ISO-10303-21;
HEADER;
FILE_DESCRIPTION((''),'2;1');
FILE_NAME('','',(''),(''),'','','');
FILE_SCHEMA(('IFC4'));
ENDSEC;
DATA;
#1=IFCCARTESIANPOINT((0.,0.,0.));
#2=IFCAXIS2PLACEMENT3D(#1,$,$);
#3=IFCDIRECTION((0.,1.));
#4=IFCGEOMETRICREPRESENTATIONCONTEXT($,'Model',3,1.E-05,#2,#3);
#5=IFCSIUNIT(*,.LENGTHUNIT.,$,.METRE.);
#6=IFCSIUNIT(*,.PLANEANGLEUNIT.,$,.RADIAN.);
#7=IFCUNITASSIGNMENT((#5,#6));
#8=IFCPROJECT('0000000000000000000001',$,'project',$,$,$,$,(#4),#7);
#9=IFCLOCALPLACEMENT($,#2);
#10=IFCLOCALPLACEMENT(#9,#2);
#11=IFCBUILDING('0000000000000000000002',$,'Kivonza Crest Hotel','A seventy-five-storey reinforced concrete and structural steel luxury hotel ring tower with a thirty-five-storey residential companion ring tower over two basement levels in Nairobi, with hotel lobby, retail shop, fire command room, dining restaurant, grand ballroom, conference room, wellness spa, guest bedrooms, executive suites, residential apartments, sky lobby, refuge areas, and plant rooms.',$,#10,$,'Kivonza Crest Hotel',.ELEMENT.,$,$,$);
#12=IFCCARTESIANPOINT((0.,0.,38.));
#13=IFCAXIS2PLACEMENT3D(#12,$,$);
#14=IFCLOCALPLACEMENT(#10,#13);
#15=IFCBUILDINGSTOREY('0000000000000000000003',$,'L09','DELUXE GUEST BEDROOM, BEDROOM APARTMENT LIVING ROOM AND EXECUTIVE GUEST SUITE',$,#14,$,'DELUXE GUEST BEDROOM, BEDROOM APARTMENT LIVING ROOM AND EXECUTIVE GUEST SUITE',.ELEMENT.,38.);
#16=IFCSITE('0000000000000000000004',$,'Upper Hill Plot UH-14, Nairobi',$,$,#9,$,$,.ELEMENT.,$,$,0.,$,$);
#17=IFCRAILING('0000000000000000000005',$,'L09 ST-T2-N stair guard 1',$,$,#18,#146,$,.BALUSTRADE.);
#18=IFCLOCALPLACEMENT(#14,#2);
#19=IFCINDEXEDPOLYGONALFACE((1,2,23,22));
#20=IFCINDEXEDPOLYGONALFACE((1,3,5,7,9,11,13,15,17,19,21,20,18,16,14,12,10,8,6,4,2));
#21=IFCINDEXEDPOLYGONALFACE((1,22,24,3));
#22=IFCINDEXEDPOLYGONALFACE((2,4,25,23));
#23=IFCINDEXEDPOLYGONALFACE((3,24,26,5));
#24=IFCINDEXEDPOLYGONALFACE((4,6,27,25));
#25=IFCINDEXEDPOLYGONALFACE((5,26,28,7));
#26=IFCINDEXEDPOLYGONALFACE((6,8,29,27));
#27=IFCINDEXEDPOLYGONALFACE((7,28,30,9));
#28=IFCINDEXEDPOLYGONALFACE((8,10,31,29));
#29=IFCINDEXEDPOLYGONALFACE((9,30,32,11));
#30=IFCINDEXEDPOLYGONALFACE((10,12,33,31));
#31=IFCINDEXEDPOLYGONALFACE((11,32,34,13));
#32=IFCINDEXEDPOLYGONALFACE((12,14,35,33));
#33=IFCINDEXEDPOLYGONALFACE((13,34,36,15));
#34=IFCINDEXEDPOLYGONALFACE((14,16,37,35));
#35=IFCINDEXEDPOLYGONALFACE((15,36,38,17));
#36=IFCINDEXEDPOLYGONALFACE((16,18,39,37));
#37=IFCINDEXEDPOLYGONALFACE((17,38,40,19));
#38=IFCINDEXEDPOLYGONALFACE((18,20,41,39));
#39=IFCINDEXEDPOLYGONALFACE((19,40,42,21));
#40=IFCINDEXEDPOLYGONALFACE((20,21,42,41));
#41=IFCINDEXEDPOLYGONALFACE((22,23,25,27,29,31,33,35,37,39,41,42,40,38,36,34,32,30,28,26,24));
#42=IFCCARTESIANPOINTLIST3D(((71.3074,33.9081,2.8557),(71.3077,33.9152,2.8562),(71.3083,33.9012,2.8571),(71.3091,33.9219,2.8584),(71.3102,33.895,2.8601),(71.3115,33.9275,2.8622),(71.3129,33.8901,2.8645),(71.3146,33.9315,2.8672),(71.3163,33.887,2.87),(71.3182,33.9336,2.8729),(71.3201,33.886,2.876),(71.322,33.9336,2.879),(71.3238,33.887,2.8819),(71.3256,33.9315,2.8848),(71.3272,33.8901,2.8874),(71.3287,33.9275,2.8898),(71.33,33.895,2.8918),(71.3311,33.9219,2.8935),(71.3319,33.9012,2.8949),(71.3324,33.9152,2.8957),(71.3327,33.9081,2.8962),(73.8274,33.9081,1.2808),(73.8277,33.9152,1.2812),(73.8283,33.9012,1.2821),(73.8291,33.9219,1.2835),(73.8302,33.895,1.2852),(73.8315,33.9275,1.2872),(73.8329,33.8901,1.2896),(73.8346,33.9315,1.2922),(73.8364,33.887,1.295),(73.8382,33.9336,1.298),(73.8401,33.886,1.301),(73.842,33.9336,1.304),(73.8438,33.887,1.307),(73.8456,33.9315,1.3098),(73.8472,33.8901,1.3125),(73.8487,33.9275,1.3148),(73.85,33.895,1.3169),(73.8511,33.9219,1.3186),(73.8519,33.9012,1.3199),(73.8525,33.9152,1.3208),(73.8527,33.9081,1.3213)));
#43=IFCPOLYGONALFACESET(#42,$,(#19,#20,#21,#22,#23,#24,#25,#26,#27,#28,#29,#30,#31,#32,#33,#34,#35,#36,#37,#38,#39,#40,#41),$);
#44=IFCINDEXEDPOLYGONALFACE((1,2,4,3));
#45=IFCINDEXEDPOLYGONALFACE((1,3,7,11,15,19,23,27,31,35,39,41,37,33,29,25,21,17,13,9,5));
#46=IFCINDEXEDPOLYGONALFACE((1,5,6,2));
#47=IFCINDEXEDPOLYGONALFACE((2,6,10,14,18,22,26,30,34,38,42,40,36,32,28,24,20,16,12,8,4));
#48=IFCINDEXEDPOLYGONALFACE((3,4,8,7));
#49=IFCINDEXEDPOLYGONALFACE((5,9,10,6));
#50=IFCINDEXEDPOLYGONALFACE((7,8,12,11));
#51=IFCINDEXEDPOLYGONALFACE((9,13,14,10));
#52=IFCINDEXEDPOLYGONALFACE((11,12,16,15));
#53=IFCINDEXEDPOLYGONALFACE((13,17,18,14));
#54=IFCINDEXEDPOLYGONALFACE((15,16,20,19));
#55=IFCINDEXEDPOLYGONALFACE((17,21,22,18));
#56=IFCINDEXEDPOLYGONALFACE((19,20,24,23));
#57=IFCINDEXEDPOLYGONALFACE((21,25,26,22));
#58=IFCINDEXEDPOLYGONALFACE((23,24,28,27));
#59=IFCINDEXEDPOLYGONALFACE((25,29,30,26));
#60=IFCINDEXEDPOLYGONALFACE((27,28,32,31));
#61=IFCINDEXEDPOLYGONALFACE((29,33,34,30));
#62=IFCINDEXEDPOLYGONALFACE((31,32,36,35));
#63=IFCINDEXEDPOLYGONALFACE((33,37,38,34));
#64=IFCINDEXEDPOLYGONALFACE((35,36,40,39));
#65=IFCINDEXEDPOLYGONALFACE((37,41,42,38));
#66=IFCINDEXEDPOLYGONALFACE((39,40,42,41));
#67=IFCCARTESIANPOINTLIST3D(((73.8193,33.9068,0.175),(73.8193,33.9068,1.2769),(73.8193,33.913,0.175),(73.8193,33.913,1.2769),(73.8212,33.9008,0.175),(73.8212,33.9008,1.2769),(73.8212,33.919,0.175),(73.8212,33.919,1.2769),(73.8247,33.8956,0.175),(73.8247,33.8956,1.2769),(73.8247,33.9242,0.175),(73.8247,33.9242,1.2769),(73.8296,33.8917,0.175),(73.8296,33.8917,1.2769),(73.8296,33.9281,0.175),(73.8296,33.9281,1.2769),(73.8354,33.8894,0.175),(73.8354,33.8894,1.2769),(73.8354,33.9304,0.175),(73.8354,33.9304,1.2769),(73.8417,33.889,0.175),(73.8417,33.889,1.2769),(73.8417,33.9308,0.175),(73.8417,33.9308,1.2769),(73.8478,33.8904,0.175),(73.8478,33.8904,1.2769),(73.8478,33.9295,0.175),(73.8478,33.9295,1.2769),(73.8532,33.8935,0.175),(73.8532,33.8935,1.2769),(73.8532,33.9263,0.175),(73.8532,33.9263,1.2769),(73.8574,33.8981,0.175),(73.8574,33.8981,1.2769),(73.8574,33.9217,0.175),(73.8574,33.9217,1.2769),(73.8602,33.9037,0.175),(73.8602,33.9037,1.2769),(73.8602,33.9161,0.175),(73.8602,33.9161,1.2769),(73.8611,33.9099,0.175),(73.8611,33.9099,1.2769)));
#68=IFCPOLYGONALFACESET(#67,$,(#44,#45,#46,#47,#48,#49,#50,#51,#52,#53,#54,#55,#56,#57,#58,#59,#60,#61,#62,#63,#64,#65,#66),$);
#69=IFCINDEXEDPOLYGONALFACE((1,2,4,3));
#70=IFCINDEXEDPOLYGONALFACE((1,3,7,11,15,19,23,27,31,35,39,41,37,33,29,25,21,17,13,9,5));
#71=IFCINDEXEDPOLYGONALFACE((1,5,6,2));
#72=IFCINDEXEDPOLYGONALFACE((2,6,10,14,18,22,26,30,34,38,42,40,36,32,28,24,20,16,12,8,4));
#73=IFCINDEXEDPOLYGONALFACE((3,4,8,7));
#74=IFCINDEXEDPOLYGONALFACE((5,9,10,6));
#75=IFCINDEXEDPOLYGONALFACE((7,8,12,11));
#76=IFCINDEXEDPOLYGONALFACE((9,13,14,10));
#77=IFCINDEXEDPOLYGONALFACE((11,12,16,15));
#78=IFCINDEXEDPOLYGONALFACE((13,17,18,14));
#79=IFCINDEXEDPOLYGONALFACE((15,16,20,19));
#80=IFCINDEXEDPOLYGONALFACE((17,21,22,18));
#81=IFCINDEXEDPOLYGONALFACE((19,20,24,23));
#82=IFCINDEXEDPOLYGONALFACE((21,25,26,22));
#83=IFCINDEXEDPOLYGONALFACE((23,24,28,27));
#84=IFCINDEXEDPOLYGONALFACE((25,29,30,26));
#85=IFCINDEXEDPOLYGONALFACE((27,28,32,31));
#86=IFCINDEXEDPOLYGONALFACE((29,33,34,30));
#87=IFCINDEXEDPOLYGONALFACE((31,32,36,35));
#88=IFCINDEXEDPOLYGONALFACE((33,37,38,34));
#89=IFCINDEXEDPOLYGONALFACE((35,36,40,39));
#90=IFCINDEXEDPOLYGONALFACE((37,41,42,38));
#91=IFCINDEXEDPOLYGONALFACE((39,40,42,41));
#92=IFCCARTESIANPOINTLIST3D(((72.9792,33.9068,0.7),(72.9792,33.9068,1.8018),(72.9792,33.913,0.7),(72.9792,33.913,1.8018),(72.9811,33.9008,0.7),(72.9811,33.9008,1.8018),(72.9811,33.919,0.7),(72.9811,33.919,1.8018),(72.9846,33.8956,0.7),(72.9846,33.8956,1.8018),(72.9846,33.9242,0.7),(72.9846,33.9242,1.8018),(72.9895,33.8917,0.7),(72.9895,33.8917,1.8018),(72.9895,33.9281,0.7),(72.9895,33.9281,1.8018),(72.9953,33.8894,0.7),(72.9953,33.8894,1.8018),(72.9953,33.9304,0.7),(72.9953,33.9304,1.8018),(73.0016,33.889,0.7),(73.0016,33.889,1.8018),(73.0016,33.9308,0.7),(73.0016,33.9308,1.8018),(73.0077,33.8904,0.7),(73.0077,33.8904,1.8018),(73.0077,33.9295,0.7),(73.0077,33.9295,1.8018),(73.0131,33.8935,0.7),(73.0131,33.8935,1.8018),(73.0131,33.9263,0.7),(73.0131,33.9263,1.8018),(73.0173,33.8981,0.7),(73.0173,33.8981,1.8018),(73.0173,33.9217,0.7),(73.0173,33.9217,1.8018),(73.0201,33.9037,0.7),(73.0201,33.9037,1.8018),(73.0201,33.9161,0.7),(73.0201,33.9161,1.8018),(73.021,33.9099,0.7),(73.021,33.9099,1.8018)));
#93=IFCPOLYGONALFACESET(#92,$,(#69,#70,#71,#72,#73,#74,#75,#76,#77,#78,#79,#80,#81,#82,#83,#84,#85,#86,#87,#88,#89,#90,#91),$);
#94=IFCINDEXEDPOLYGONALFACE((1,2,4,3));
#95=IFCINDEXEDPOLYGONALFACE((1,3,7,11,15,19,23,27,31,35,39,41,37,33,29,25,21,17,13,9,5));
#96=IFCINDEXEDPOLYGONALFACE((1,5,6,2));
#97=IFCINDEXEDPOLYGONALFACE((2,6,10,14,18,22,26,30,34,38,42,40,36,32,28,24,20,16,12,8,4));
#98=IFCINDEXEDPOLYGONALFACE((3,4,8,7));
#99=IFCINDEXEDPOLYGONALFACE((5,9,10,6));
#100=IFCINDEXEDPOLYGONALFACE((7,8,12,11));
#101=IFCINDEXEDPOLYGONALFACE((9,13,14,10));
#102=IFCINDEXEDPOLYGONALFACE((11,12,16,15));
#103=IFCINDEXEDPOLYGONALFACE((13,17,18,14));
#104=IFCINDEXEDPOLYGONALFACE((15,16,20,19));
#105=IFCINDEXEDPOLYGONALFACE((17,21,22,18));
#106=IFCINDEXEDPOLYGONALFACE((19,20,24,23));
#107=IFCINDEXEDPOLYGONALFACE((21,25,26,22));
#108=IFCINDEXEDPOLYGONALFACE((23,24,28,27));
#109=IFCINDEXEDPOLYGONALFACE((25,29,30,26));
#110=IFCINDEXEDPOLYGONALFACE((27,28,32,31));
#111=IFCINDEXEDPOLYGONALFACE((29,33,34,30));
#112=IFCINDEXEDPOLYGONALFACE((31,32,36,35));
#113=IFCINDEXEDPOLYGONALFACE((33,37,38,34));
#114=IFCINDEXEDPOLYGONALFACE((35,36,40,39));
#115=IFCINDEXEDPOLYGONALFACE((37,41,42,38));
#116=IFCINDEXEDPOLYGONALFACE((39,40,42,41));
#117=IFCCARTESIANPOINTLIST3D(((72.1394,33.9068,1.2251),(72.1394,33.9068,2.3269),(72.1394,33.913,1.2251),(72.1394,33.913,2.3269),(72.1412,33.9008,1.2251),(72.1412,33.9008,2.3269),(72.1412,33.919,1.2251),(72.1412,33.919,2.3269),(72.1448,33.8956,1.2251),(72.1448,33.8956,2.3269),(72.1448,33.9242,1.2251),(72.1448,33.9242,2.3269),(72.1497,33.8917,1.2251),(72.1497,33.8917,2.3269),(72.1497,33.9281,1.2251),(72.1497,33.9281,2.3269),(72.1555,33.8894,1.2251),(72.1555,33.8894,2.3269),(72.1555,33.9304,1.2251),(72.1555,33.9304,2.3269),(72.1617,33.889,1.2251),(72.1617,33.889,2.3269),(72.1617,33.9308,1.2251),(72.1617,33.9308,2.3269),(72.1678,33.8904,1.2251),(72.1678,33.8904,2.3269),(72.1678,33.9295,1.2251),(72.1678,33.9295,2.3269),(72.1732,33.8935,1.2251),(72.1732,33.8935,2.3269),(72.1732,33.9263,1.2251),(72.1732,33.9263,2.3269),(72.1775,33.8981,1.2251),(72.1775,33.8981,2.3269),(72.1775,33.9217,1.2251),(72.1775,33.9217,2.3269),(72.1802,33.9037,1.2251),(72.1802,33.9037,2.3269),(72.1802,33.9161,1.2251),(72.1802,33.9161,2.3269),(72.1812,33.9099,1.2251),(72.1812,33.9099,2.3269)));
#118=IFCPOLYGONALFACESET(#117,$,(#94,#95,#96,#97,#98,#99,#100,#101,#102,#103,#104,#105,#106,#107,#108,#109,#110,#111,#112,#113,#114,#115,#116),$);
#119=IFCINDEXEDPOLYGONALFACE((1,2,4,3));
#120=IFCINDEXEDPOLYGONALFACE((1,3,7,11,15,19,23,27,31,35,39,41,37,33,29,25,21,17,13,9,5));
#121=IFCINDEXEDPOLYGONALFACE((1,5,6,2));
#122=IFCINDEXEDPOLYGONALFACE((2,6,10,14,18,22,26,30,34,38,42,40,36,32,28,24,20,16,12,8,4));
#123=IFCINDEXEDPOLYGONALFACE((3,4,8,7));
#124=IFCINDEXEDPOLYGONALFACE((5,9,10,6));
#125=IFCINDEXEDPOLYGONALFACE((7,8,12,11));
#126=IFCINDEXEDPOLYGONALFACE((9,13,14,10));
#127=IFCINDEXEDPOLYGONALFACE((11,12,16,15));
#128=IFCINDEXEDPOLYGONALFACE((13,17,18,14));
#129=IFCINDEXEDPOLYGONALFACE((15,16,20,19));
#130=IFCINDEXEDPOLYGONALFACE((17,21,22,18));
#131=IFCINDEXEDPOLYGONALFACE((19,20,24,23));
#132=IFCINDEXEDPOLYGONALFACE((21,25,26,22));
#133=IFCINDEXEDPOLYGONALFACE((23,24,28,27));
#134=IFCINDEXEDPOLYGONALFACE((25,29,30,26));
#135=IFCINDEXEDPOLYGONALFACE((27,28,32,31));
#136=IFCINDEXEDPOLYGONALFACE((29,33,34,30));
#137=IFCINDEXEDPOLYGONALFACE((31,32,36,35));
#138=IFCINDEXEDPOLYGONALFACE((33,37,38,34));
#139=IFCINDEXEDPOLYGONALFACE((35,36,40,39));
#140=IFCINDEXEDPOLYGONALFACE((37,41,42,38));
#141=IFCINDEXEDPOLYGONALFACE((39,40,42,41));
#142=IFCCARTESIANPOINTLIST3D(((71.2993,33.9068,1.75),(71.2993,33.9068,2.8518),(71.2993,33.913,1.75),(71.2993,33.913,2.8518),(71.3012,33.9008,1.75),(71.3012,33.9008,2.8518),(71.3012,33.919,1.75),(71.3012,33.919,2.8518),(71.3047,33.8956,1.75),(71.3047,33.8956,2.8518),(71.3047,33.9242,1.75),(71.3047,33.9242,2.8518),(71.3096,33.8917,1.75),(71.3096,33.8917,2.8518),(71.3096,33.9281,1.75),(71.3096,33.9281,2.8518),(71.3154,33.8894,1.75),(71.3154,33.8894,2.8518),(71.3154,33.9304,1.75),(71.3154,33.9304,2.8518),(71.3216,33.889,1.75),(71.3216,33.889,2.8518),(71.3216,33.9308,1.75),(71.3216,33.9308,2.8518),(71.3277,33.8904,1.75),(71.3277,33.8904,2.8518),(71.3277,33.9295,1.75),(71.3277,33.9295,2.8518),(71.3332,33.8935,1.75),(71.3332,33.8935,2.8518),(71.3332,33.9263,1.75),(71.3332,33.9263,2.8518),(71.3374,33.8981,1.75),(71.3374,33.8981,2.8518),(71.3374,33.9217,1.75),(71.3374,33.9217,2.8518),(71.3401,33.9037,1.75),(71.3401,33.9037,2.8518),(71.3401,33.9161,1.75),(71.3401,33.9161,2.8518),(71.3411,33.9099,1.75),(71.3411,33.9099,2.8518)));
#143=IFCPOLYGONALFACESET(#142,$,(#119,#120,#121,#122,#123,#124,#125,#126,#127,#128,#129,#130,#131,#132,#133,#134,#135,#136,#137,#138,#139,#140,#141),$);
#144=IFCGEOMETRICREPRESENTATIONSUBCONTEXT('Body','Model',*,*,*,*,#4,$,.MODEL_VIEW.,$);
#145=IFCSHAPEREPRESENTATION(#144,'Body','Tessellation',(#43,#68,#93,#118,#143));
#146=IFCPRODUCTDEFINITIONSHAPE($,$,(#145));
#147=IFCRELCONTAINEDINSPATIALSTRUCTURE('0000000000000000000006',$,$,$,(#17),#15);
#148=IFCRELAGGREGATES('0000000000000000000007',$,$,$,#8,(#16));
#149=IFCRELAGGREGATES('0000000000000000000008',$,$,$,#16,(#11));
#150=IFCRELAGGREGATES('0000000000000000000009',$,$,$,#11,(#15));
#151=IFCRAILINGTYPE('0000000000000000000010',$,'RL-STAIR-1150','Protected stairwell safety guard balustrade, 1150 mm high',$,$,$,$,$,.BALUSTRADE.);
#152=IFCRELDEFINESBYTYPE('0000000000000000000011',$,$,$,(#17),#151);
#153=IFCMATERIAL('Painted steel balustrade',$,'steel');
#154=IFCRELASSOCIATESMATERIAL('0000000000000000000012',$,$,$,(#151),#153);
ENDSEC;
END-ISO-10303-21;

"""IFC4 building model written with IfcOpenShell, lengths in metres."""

from ifc_helpers import new_model, si_unit, direction, frame, origin, origin_2d, place, context, subcontext, project, spatial, circle, extrude, material, type_object, element, save


model = new_model("IFC4")

# Units and contexts
model_context = context("Model", 3, precision=1e-05, world=origin(), true_north=direction((0.0, 1.0)))
body_context = subcontext(model_context, "Body", "Model", "MODEL_VIEW")
ifc_project = project(units=[si_unit("LENGTHUNIT", "METRE"), si_unit("PLANEANGLEUNIT", "RADIAN")], contexts=[model_context])

# Site, building, storey
site_placement = place(None, origin())
site = spatial("IfcSite", under=ifc_project, at=site_placement, Name="Upper Hill Plot UH-14, Nairobi", CompositionType="ELEMENT", RefElevation=0.0)
building_placement = place(site_placement, origin())
building = spatial("IfcBuilding", under=site, at=building_placement, Name="Kivonza Crest Hotel", Description="A seventy-five-storey reinforced concrete and structural steel luxury hotel ring tower with a thirty-five-storey residential companion ring tower over two basement levels in Nairobi, with hotel lobby, retail shop, fire command room, dining restaurant, grand ballroom, conference room, wellness spa, guest bedrooms, executive suites, residential apartments, sky lobby, refuge areas, and plant rooms.", LongName="Kivonza Crest Hotel", CompositionType="ELEMENT")
storey_placement = place(building_placement, frame((0.0, 0.0, 38.0)))
storey = spatial("IfcBuildingStorey", under=building, at=storey_placement, Name="L09", Description="DELUXE GUEST BEDROOM, BEDROOM APARTMENT LIVING ROOM AND EXECUTIVE GUEST SUITE", LongName="DELUXE GUEST BEDROOM, BEDROOM APARTMENT LIVING ROOM AND EXECUTIVE GUEST SUITE", CompositionType="ELEMENT", Elevation=38.0)

# Railing
ifc_material_1 = material(Name="Painted steel balustrade", Category="steel")
railing_type = type_object("IfcRailingType", Name="RL-STAIR-1150", Description="Protected stairwell safety guard balustrade, 1150 mm high", PredefinedType="BALUSTRADE", material=ifc_material_1)
railing_1_placement = place(storey_placement, frame((73.8401, 33.9099, 0.175)))
element("IfcRailing", 1, at=railing_1_placement, inside=storey, type_object=railing_type, Name="L09 ST-T2-N stair guard 1", PredefinedType="BALUSTRADE", context=body_context, shape_type="SweptSolid", body=[
    extrude(circle(Radius=0.0239, at=origin_2d()), frame((0.0, 0.0, 1.126), z_axis=(-0.848008, 0.0, 0.529984), x_axis=(0.0, -1.0, 0.0)), (0.0, 0.0, 1.0), 2.9717),
    extrude(circle(Radius=0.021, at=origin_2d()), origin(), (0.0, 0.0, 1.0), 1.1018),
    extrude(circle(Radius=0.021, at=origin_2d()), frame((-0.8401, 0.0, 0.5249)), (0.0, 0.0, 1.0), 1.1018),
    extrude(circle(Radius=0.021, at=origin_2d()), frame((-1.6799, 0.0, 1.05)), (0.0, 0.0, 1.0), 1.1018),
    extrude(circle(Radius=0.021, at=origin_2d()), frame((-2.52, 0.0, 1.575)), (0.0, 0.0, 1.0), 1.1018),
])

save(model, "model.ifc")
